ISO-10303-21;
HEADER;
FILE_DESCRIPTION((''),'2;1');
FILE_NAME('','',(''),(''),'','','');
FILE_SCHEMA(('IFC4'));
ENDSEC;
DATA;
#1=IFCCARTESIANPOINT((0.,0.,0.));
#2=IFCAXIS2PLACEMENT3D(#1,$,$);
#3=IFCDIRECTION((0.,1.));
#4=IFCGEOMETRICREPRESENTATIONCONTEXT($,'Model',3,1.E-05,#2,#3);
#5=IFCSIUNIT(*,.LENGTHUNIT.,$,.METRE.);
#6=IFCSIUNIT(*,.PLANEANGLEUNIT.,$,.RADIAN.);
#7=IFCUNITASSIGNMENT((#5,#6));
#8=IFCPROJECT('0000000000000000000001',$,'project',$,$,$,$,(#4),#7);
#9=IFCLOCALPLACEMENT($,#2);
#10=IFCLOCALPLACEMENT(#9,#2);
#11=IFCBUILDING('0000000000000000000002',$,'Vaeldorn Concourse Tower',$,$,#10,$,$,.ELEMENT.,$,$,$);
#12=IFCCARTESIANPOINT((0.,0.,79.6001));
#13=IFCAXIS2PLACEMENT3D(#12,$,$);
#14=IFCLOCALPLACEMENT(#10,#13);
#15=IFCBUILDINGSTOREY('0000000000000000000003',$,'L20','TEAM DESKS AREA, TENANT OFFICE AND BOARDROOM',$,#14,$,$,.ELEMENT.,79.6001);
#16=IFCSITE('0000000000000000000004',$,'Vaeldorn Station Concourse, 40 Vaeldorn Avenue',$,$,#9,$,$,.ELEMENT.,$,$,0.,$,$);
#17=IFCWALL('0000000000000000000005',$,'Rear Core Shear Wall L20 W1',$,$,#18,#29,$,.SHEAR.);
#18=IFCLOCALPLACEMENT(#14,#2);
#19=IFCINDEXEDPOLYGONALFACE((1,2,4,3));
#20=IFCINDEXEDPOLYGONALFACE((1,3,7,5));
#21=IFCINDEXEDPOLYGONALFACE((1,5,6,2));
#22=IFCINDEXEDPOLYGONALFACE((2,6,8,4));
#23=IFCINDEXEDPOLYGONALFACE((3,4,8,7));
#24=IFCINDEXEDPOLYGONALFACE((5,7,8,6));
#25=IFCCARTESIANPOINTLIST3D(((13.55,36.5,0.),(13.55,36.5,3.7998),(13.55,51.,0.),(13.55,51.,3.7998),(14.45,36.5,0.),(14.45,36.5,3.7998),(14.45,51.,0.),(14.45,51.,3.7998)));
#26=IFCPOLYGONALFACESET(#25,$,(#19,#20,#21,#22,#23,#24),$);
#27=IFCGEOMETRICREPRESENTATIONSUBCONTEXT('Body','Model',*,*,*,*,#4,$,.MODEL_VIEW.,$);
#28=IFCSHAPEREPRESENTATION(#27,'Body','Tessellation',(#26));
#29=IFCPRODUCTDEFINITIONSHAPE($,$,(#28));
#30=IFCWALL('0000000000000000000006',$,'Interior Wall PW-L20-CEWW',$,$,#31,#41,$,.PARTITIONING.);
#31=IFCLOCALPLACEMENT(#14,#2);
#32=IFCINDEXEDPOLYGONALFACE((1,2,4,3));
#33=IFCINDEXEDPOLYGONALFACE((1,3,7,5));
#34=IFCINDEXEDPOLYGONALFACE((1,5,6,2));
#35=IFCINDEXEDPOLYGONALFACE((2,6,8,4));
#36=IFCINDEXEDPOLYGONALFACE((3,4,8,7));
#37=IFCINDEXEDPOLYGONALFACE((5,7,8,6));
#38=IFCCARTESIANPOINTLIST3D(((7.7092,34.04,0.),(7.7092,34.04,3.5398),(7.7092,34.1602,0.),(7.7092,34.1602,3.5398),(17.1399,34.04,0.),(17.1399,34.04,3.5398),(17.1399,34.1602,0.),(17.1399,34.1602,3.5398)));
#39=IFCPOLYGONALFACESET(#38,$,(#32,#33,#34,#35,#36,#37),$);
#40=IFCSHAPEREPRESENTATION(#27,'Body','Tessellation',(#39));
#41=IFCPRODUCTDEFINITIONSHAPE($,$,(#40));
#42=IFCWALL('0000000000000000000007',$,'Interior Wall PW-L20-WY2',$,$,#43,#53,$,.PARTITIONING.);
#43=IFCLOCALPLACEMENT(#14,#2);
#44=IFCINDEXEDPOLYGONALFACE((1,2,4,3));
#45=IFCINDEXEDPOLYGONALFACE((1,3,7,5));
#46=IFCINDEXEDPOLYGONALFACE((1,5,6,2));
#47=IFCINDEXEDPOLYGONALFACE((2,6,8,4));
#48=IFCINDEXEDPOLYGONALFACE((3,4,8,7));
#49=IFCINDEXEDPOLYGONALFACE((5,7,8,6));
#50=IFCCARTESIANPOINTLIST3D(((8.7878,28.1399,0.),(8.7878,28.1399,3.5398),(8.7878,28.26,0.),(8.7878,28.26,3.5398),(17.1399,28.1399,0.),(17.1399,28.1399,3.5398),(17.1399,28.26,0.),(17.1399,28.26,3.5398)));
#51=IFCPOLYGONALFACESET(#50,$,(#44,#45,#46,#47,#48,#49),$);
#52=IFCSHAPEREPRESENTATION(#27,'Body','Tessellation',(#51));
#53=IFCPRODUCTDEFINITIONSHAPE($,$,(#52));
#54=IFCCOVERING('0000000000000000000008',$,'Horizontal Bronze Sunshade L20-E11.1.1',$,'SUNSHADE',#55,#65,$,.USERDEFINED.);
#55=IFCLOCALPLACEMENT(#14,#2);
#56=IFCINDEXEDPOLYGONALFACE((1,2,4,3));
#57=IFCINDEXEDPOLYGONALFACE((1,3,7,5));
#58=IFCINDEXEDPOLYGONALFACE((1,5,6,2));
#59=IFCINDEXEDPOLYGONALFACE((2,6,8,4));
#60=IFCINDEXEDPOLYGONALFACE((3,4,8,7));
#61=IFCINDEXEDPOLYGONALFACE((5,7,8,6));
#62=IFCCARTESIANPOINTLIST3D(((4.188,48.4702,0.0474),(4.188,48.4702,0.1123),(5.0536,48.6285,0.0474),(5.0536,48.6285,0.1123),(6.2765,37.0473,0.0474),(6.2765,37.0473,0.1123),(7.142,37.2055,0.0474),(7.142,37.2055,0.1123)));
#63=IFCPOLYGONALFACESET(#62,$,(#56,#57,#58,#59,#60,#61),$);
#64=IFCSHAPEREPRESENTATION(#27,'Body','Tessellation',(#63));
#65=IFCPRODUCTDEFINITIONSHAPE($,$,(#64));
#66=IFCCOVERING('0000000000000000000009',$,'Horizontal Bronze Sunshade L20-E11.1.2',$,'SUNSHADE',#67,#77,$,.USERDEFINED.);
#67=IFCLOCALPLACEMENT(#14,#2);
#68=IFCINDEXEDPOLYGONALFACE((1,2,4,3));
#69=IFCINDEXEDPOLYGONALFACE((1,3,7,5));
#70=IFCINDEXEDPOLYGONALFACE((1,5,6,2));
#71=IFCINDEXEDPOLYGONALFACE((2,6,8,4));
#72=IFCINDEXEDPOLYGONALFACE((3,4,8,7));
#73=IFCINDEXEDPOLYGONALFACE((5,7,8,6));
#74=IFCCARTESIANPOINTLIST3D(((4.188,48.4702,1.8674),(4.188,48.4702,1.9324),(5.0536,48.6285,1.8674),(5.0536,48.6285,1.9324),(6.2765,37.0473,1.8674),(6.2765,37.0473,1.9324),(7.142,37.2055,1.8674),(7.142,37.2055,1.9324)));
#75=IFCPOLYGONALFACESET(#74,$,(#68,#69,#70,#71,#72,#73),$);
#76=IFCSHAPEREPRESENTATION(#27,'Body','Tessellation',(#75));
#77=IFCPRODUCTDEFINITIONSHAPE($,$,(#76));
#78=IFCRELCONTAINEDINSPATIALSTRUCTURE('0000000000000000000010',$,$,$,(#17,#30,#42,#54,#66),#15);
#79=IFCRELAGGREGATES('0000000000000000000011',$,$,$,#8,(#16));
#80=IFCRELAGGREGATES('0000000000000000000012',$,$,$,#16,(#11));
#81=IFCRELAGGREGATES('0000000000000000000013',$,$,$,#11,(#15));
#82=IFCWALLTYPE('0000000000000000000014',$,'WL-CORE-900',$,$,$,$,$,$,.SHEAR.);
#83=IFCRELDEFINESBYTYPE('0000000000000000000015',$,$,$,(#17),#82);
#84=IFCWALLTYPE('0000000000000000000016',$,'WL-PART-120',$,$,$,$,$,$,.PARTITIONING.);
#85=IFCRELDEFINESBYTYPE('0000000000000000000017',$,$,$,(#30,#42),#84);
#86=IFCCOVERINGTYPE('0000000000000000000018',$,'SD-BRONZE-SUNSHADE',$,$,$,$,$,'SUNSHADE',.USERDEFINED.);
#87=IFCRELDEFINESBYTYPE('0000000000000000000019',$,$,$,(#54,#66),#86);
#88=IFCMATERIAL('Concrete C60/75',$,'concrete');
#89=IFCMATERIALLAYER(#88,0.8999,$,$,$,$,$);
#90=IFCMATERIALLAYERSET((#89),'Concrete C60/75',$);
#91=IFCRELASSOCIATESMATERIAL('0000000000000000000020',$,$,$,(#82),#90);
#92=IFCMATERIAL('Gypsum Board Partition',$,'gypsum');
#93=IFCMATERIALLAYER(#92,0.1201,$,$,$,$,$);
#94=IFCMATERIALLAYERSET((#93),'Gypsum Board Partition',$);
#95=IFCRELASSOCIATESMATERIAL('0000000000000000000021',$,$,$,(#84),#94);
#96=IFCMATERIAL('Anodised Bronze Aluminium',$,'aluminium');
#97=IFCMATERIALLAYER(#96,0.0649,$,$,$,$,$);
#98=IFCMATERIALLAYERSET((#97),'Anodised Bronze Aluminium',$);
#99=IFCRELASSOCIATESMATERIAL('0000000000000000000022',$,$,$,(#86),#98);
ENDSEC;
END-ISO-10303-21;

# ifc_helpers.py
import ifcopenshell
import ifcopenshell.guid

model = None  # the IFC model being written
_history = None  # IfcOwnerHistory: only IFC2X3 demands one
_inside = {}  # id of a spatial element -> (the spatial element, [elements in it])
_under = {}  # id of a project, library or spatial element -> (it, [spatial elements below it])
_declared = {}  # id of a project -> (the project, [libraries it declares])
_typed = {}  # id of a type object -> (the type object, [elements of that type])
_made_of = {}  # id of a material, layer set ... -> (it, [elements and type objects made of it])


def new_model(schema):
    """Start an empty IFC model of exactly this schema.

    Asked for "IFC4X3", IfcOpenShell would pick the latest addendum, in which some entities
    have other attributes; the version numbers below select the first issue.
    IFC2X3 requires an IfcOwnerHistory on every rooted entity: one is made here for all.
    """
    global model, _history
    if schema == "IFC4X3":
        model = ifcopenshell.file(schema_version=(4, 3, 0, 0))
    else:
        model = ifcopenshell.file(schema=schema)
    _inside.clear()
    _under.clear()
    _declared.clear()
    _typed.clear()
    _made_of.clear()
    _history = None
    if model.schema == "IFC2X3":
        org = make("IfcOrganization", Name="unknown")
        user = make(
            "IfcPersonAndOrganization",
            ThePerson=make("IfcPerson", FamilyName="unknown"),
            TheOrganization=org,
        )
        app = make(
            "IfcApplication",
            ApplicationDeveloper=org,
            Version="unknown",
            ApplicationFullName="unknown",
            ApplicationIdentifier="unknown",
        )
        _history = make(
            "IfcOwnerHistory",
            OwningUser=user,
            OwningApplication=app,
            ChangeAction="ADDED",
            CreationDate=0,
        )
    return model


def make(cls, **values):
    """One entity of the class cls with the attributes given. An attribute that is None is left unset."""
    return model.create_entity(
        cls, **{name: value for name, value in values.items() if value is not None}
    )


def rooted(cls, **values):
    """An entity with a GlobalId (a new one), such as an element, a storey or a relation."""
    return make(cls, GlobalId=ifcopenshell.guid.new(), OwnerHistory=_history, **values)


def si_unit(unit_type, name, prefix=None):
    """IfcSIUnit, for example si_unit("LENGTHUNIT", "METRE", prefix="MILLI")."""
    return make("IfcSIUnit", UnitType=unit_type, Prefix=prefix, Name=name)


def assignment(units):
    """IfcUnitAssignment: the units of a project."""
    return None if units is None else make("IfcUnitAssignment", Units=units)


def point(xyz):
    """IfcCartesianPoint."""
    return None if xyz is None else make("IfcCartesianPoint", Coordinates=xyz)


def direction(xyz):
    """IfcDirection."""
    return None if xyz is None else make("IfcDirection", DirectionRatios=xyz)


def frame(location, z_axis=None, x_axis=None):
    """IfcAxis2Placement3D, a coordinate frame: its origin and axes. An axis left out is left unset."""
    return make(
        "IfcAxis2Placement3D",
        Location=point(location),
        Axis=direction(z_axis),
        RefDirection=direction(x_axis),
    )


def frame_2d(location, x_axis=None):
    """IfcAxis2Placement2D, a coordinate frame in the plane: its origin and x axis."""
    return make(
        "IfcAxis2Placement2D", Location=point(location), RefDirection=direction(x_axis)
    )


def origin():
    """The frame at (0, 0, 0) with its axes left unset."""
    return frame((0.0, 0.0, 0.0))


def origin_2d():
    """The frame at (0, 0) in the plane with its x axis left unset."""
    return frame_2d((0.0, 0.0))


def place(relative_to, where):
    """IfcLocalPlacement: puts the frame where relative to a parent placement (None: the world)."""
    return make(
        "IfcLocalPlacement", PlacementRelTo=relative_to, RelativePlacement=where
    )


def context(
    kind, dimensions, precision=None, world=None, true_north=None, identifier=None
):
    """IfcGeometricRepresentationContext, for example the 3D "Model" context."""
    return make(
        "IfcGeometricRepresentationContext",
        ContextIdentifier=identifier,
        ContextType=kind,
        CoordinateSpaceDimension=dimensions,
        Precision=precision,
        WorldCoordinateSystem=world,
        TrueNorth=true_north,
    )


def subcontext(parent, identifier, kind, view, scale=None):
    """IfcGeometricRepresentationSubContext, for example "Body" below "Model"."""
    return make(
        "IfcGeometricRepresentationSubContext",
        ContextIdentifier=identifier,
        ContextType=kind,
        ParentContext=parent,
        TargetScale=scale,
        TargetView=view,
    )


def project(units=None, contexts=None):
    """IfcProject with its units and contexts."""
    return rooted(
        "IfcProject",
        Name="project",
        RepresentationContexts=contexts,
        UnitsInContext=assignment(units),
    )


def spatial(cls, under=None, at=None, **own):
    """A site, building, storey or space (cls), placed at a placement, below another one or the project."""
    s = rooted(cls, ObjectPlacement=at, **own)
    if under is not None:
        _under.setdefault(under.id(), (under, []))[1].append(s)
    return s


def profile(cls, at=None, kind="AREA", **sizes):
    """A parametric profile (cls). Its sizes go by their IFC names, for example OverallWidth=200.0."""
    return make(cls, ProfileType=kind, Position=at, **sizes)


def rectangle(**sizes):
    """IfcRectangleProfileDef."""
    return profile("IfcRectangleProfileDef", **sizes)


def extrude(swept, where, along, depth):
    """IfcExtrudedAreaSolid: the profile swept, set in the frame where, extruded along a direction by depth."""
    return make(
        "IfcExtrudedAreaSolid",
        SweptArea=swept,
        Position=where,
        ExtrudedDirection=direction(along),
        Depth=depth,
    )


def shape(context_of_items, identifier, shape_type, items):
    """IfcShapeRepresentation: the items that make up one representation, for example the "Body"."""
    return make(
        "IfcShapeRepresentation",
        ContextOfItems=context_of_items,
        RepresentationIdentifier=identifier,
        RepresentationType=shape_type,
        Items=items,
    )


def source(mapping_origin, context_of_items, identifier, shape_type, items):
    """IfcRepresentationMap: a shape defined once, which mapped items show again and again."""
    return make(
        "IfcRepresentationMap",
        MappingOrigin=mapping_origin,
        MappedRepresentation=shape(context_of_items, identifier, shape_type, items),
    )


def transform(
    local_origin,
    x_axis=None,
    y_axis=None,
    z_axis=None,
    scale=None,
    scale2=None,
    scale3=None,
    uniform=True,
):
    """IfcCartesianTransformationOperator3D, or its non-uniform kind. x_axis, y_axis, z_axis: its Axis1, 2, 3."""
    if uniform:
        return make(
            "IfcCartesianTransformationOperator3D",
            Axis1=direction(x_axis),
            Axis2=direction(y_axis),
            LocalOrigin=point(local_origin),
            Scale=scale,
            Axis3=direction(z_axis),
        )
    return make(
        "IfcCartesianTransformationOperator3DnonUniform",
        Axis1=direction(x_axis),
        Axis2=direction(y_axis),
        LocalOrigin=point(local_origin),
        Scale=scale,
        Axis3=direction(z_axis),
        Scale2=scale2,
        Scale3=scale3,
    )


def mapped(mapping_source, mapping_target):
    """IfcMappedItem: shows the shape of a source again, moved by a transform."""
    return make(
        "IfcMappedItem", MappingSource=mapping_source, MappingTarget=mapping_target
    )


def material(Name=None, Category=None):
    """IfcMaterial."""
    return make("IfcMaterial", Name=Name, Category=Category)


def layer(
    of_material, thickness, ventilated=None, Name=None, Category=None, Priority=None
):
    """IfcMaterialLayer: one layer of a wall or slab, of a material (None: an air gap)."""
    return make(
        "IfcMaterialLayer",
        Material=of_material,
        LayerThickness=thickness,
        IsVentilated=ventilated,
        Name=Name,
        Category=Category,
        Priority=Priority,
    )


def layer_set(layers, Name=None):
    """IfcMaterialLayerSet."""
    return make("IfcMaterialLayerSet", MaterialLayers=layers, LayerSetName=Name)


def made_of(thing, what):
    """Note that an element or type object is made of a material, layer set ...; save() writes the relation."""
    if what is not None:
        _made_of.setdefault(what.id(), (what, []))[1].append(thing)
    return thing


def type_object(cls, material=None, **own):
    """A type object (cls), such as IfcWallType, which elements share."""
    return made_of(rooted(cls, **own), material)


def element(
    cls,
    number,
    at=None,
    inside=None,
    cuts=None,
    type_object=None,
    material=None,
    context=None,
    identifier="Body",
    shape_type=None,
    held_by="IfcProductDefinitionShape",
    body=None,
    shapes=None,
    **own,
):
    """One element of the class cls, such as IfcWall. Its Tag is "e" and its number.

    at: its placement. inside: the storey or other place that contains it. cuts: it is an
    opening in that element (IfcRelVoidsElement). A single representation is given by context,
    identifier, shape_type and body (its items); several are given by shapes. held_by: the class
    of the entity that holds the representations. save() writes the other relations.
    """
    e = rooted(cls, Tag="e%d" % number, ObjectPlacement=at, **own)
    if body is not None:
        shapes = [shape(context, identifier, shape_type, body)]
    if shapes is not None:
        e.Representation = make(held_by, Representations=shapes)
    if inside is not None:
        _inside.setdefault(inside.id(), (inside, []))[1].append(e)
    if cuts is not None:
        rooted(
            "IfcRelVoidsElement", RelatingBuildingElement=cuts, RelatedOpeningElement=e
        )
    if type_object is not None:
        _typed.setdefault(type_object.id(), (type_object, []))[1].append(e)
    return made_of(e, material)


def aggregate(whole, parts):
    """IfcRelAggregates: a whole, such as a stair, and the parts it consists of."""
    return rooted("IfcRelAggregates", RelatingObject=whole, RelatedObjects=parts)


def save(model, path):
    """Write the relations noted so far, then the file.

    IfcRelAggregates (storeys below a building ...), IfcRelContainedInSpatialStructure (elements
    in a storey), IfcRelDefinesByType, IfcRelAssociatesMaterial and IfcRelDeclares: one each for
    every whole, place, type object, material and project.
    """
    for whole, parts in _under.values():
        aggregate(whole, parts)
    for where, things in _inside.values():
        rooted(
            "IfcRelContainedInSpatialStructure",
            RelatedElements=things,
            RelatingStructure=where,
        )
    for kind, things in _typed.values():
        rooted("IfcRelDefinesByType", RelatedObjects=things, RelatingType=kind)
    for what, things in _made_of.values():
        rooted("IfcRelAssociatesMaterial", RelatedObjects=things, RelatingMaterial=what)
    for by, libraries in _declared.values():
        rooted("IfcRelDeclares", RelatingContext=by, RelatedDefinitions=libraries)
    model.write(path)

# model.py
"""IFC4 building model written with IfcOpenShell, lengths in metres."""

from ifc_helpers import new_model, si_unit, direction, frame, frame_2d, origin, origin_2d, place, context, subcontext, project, spatial, rectangle, extrude, source, transform, mapped, material, layer, layer_set, type_object, element, save


model = new_model("IFC4")

# Units and contexts
model_context = context("Model", 3, precision=1e-05, world=origin(), true_north=direction((0.0, 1.0)))
body_context = subcontext(model_context, "Body", "Model", "MODEL_VIEW")
ifc_project = project(units=[si_unit("LENGTHUNIT", "METRE"), si_unit("PLANEANGLEUNIT", "RADIAN")], contexts=[model_context])

# Site, building, storey
site_placement = place(None, origin())
site = spatial("IfcSite", under=ifc_project, at=site_placement, Name="Vaeldorn Station Concourse, 40 Vaeldorn Avenue", CompositionType="ELEMENT", RefElevation=0.0)
building_placement = place(site_placement, origin())
building = spatial("IfcBuilding", under=site, at=building_placement, Name="Vaeldorn Concourse Tower", CompositionType="ELEMENT")
storey_placement = place(building_placement, frame((0.0, 0.0, 79.6001)))
storey = spatial("IfcBuildingStorey", under=building, at=storey_placement, Name="L20", Description="TEAM DESKS AREA, TENANT OFFICE AND BOARDROOM", CompositionType="ELEMENT", Elevation=79.6001)

# Shared definitions
ifc_material_1 = material(Name="Concrete C60/75", Category="concrete")

# Shared definitions
ifc_material_2 = material(Name="Anodised Bronze Aluminium", Category="aluminium")

# Walls
ifc_layer_1 = layer(ifc_material_1, 0.8999)
ifc_layer_set_1 = layer_set([ifc_layer_1], Name="Concrete C60/75")
wall_type_1 = type_object("IfcWallType", Name="WL-CORE-900", PredefinedType="SHEAR", material=ifc_layer_set_1)
wall_1_placement = place(storey_placement, frame((14.0, 36.5, 0.0), z_axis=(0.0, 0.0, 1.0), x_axis=(0.0, 1.0, 0.0)))
element("IfcWall", 1, at=wall_1_placement, inside=storey, type_object=wall_type_1, Name="Rear Core Shear Wall L20 W1", PredefinedType="SHEAR", context=body_context, shape_type="SweptSolid", body=[
    extrude(rectangle(XDim=14.5, YDim=0.8999, at=frame_2d((7.25, 0.0))), origin(), (0.0, 0.0, 1.0), 3.7998),
])
ifc_material_3 = material(Name="Gypsum Board Partition", Category="gypsum")
ifc_layer_2 = layer(ifc_material_3, 0.1201)
ifc_layer_set_2 = layer_set([ifc_layer_2], Name="Gypsum Board Partition")
wall_type_2 = type_object("IfcWallType", Name="WL-PART-120", PredefinedType="PARTITIONING", material=ifc_layer_set_2)
wall_2_placement = place(storey_placement, frame((7.7092, 34.1001, 0.0), z_axis=(0.0, 0.0, 1.0), x_axis=(1.0, 0.0, 0.0)))
element("IfcWall", 2, at=wall_2_placement, inside=storey, type_object=wall_type_2, Name="Interior Wall PW-L20-CEWW", PredefinedType="PARTITIONING", context=body_context, shape_type="SweptSolid", body=[
    extrude(rectangle(XDim=9.4307, YDim=0.1201, at=frame_2d((4.7153, 0.0))), origin(), (0.0, 0.0, 1.0), 3.5398),
])

# Wall
wall_3_placement = place(storey_placement, frame((8.7878, 28.2, 0.0), z_axis=(0.0, 0.0, 1.0), x_axis=(1.0, 0.0, 0.0)))
element("IfcWall", 3, at=wall_3_placement, inside=storey, type_object=wall_type_2, Name="Interior Wall PW-L20-WY2", PredefinedType="PARTITIONING", context=body_context, shape_type="SweptSolid", body=[
    extrude(rectangle(XDim=8.3521, YDim=0.1201, at=frame_2d((4.176, 0.0))), origin(), (0.0, 0.0, 1.0), 3.5398),
])

# Coverings
ifc_layer_3 = layer(ifc_material_2, 0.0649)
ifc_layer_set_3 = layer_set([ifc_layer_3], Name="Anodised Bronze Aluminium")
covering_type = type_object("IfcCoveringType", Name="SD-BRONZE-SUNSHADE", ElementType="SUNSHADE", PredefinedType="USERDEFINED", material=ifc_layer_set_3)
shared_shape_1 = source(origin(), body_context, "Body", "SweptSolid", [
    extrude(rectangle(XDim=11.6123, YDim=0.8799, at=origin_2d()), origin(), (0.0, 0.0, 1.0), 0.0649),
])
for number, where, z_axis, x_axis, name in (
    (4, (5.665, 42.8379, 0.0474), (0.0, 0.0, 1.0), (0.17985, -0.983694, 0.0), "Horizontal Bronze Sunshade L20-E11.1.1"),
    (5, (5.665, 42.8379, 1.8674), (0.0, 0.0, 1.0), (0.17985, -0.983694, 0.0), "Horizontal Bronze Sunshade L20-E11.1.2"),
):
    element("IfcCovering", number, at=place(storey_placement, frame(where, z_axis=z_axis, x_axis=x_axis)), inside=storey, type_object=covering_type, Name=name, ObjectType="SUNSHADE", PredefinedType="USERDEFINED", context=body_context, shape_type="MappedRepresentation", body=[
        mapped(shared_shape_1, transform((0.0, 0.0, 0.0), scale=1.0)),
    ])

save(model, "model.ifc")
